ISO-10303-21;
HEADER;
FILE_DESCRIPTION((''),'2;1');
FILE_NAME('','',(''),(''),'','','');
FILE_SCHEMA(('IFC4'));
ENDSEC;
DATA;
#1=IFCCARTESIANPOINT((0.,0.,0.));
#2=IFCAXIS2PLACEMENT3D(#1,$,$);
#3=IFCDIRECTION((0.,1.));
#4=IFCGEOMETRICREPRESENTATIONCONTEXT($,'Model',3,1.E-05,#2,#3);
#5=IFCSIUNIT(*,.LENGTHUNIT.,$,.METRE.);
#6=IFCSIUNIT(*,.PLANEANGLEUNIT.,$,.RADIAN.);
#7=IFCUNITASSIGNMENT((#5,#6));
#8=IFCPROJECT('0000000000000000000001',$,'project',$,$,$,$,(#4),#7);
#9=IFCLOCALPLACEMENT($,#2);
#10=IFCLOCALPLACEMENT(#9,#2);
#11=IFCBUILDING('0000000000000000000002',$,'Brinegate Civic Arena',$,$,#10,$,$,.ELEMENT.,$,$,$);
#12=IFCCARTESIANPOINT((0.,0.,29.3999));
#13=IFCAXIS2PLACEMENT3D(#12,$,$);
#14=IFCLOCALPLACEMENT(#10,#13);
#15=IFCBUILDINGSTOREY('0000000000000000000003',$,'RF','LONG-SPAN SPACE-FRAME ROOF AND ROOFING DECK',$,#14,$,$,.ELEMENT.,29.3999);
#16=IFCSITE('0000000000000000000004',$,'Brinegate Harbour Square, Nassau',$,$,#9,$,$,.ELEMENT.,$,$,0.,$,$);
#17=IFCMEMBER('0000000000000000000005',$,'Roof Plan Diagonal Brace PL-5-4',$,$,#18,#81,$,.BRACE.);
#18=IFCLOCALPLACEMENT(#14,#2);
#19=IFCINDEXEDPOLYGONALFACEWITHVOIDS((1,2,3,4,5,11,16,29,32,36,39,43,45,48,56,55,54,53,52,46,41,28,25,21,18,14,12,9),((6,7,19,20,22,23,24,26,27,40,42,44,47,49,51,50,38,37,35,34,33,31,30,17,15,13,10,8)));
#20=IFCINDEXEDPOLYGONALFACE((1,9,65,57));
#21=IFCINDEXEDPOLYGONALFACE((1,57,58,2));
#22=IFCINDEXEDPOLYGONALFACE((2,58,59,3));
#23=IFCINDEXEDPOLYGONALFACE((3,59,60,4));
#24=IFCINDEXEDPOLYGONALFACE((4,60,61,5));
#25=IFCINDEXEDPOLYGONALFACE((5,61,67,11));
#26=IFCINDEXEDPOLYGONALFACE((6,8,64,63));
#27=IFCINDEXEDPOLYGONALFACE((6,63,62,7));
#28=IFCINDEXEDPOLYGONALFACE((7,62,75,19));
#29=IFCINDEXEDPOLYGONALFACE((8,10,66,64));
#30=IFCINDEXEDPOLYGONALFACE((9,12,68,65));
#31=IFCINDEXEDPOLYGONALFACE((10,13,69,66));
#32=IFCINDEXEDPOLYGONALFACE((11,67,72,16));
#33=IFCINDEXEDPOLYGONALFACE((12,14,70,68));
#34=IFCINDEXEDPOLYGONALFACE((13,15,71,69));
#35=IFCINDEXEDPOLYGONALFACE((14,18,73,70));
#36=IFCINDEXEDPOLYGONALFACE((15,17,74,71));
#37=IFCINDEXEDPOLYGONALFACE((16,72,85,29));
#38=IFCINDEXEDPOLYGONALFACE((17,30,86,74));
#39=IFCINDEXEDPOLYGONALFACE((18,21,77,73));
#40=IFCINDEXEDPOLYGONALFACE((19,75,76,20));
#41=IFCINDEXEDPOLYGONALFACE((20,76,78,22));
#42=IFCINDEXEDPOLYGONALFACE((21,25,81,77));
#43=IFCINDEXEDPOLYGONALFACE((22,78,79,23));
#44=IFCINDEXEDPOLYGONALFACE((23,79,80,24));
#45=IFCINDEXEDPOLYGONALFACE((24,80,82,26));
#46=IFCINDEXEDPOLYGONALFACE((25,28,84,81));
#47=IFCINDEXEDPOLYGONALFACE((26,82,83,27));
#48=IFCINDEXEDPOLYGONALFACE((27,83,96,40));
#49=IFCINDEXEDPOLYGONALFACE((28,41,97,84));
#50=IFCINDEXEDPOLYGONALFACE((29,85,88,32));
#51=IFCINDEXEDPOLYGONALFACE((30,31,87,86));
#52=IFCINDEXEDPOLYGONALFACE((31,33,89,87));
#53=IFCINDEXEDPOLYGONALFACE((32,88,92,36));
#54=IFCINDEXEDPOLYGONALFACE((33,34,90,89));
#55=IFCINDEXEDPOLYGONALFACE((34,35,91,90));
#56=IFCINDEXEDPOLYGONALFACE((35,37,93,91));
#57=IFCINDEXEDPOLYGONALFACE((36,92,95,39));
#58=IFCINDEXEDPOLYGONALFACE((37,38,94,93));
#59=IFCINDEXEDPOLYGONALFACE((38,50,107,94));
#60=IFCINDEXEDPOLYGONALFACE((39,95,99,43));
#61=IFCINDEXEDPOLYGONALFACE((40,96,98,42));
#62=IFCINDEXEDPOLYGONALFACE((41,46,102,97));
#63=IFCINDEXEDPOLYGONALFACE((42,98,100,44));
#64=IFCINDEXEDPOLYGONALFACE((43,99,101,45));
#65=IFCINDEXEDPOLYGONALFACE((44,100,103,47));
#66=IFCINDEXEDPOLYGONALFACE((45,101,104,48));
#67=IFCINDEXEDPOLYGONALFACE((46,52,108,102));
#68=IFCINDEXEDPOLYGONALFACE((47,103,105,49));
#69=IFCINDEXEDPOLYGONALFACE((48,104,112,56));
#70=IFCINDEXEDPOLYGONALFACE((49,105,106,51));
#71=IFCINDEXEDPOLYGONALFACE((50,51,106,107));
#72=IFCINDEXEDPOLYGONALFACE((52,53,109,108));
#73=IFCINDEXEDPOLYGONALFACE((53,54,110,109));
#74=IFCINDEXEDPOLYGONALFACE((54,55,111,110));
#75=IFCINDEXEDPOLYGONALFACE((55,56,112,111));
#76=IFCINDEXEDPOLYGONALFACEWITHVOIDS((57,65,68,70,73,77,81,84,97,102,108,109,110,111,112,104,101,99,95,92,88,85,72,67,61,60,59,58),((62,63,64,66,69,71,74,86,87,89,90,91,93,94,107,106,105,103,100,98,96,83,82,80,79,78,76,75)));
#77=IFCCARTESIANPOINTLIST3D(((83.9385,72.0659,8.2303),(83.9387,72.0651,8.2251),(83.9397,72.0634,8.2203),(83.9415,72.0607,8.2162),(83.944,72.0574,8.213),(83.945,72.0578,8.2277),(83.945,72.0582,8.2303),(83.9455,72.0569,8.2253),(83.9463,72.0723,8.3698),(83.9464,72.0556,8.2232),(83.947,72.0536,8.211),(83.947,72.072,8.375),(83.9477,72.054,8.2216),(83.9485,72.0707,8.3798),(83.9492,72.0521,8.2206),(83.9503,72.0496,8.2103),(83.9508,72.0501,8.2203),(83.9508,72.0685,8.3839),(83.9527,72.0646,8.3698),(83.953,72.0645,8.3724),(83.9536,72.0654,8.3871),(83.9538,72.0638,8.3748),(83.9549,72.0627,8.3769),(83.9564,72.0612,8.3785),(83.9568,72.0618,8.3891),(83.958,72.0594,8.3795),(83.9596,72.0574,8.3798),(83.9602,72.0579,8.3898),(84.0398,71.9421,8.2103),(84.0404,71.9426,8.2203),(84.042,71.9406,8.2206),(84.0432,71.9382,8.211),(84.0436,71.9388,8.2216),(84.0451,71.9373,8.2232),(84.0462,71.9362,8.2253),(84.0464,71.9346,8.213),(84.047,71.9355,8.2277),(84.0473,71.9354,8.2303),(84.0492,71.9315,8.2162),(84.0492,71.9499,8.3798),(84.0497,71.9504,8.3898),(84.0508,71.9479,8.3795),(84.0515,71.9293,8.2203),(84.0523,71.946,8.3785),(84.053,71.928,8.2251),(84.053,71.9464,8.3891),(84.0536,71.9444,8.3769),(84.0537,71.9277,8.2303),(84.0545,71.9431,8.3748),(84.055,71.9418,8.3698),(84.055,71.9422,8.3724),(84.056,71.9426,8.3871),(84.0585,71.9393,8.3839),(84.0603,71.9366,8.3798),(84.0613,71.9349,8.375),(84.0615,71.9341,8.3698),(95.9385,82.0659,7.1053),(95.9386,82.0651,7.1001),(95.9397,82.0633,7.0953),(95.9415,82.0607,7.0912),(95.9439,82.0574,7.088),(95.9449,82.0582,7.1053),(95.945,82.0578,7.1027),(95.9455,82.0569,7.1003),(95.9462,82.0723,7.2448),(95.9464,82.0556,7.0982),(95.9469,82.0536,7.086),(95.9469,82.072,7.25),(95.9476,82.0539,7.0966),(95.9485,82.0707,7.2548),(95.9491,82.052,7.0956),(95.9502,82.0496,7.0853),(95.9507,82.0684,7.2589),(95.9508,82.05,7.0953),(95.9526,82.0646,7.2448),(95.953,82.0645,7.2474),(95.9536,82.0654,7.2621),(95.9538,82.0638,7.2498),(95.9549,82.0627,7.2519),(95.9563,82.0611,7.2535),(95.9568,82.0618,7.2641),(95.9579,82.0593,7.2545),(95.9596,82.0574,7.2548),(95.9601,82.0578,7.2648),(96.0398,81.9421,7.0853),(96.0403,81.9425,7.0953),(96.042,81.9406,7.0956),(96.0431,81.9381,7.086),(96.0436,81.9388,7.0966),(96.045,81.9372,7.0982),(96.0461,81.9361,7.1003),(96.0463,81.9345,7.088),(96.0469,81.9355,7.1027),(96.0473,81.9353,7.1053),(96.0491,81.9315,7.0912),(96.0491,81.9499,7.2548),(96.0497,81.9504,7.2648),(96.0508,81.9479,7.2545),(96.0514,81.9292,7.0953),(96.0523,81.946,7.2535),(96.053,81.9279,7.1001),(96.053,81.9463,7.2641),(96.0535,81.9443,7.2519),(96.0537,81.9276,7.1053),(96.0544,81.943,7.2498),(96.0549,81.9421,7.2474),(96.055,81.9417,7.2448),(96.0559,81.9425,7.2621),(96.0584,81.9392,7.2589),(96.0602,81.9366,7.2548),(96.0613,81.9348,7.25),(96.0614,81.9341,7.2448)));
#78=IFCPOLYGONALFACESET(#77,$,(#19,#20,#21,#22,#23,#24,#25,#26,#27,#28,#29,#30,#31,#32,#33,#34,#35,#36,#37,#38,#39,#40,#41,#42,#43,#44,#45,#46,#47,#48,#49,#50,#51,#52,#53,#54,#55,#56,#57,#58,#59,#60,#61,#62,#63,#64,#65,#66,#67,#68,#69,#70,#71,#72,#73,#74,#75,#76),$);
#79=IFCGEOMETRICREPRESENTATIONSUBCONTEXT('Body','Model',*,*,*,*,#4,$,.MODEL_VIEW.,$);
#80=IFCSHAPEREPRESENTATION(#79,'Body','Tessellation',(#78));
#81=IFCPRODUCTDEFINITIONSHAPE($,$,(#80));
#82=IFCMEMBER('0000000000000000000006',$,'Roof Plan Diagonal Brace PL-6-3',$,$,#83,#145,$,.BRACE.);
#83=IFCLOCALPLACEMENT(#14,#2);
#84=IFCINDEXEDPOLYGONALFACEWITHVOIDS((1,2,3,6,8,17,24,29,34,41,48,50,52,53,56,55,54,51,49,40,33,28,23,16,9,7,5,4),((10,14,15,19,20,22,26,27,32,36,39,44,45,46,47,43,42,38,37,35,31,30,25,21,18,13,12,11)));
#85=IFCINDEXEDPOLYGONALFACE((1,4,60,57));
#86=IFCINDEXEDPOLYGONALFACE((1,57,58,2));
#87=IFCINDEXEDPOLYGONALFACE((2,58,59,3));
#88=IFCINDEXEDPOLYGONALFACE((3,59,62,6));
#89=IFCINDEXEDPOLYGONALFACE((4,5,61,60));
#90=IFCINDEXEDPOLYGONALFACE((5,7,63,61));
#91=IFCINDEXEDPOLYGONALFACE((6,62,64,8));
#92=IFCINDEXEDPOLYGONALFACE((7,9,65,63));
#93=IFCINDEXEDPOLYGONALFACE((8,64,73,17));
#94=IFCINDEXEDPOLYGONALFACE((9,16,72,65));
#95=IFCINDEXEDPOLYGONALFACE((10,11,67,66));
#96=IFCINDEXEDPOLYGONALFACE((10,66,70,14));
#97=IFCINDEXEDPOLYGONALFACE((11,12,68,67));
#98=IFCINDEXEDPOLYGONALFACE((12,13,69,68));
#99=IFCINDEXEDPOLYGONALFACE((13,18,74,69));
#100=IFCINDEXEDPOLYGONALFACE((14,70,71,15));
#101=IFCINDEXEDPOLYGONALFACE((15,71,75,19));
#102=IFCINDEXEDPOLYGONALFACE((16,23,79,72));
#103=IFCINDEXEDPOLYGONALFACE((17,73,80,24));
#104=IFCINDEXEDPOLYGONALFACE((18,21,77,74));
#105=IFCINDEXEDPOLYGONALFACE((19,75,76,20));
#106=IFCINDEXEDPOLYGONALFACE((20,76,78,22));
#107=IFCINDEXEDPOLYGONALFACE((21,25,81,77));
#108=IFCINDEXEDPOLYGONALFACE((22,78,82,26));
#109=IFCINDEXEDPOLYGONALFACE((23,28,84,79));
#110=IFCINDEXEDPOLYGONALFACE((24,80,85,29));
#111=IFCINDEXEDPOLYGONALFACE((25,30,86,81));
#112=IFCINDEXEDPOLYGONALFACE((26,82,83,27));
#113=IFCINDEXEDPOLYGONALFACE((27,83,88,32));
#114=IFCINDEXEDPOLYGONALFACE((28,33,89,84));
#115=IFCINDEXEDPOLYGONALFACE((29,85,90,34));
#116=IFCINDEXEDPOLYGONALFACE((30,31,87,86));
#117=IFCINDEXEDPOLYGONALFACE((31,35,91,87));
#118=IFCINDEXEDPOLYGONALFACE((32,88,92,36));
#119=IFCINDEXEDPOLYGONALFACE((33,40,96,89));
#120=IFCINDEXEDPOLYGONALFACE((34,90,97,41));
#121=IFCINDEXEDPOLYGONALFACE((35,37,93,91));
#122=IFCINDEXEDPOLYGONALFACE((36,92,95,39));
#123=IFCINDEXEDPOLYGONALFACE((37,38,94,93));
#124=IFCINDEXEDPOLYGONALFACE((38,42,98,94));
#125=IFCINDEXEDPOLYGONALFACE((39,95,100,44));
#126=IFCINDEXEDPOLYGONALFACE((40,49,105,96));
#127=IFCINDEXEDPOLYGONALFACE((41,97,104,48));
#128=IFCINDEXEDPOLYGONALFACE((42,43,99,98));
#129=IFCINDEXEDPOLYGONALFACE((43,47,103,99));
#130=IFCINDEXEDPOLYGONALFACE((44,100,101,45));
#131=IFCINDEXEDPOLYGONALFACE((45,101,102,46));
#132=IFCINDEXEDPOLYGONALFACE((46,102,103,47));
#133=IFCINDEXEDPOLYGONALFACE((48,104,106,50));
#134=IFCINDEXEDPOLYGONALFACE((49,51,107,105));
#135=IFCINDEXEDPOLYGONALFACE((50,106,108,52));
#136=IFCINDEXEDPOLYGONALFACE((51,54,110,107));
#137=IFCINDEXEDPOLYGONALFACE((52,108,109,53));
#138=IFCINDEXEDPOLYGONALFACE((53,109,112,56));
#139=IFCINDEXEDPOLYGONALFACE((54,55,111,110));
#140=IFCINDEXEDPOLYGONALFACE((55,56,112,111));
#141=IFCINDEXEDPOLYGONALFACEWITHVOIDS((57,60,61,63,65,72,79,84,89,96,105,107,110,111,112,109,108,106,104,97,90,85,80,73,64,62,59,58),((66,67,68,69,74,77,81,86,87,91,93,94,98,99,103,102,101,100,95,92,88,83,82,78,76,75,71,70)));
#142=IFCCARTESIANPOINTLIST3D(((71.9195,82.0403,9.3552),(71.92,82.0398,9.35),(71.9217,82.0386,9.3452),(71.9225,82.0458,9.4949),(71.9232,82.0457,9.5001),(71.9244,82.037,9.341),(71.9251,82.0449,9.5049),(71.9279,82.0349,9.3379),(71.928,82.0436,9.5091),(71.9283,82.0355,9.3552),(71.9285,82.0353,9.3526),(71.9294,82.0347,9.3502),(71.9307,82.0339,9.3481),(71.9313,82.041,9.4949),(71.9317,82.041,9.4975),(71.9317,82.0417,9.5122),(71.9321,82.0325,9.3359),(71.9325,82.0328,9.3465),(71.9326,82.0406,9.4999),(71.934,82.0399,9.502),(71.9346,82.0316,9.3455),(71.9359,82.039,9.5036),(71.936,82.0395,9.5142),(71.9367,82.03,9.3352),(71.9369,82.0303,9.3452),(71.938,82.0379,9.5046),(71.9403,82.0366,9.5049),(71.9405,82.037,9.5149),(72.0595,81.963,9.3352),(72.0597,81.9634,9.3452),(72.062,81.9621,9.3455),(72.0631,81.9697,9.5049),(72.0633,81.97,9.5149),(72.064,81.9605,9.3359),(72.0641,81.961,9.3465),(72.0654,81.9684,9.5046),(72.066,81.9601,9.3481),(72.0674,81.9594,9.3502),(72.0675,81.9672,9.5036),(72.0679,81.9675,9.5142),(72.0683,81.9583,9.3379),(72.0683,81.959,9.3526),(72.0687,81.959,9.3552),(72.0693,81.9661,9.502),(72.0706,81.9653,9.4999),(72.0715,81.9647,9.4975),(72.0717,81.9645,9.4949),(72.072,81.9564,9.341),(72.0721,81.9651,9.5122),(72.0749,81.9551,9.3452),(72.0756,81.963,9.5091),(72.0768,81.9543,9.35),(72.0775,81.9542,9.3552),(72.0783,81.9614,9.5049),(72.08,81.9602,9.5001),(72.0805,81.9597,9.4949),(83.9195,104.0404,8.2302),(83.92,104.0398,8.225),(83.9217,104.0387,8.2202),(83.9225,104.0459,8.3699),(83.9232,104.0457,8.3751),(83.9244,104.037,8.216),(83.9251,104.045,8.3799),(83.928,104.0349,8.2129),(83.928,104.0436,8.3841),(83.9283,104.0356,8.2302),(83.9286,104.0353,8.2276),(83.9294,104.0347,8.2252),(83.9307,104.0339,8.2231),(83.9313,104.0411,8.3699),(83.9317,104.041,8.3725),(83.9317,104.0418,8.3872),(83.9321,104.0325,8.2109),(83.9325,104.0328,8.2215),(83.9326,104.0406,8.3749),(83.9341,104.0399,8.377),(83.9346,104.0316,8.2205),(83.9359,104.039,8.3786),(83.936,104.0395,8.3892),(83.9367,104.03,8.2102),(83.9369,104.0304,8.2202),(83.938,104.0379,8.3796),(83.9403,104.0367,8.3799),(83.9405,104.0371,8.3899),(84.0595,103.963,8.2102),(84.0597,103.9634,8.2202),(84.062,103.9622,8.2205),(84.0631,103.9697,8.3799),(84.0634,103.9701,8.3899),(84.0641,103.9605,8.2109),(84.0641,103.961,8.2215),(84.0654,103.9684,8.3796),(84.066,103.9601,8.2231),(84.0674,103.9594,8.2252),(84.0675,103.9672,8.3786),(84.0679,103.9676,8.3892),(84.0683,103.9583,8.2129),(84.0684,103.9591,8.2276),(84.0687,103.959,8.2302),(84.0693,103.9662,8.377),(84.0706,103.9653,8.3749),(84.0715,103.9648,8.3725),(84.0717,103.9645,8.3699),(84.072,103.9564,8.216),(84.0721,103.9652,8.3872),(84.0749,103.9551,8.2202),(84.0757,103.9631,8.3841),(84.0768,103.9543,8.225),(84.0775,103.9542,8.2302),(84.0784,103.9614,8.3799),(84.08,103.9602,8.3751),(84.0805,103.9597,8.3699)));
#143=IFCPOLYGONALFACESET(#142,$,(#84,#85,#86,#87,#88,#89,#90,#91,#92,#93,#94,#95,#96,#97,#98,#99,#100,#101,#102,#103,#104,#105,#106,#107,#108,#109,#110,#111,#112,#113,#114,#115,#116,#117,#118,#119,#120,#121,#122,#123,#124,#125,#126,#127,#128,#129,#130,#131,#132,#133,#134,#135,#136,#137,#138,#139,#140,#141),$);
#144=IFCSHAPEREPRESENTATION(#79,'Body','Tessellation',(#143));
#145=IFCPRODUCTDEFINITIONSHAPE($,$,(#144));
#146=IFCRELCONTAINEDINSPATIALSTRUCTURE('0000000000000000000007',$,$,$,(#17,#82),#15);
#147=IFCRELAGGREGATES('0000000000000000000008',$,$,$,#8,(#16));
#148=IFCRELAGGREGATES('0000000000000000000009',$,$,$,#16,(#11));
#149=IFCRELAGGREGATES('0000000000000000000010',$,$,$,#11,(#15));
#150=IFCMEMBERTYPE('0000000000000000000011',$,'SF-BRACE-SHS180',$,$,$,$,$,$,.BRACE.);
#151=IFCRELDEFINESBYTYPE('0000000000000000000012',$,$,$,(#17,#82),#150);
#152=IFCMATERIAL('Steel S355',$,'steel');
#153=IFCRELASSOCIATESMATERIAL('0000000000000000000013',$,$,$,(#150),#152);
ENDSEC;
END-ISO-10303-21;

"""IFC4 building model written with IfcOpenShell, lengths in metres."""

from ifc_helpers import new_model, si_unit, direction, frame, origin, origin_2d, place, context, subcontext, project, spatial, hollow_rectangle, extrude, material, material_profile, profile_set, type_object, element, save


model = new_model("IFC4")

# Units and contexts
model_context = context("Model", 3, precision=1e-05, world=origin(), true_north=direction((0.0, 1.0)))
body_context = subcontext(model_context, "Body", "Model", "MODEL_VIEW")
ifc_project = project(units=[si_unit("LENGTHUNIT", "METRE"), si_unit("PLANEANGLEUNIT", "RADIAN")], contexts=[model_context])

# Site, building, storey
site_placement = place(None, origin())
site = spatial("IfcSite", under=ifc_project, at=site_placement, Name="Brinegate Harbour Square, Nassau", CompositionType="ELEMENT", RefElevation=0.0)
building_placement = place(site_placement, origin())
building = spatial("IfcBuilding", under=site, at=building_placement, Name="Brinegate Civic Arena", CompositionType="ELEMENT")
storey_placement = place(building_placement, frame((0.0, 0.0, 29.3999)))
storey = spatial("IfcBuildingStorey", under=building, at=storey_placement, Name="RF", Description="LONG-SPAN SPACE-FRAME ROOF AND ROOFING DECK", CompositionType="ELEMENT", Elevation=29.3999)

# Members
ifc_material = material(Name="Steel S355", Category="steel")
ifc_material_profile_1 = material_profile(ifc_material, hollow_rectangle(XDim=0.1799, YDim=0.1799, WallThickness=0.01, InnerFilletRadius=0.01, OuterFilletRadius=0.02, at=origin_2d()), Name="SHS180X10")
ifc_profile_set_1 = profile_set([ifc_material_profile_1], Name="Steel S355")
member_type_1 = type_object("IfcMemberType", Name="SF-BRACE-SHS180", PredefinedType="BRACE", material=ifc_profile_set_1)
member_1_placement = place(storey_placement, frame((84.0, 72.0, 8.3), z_axis=(0.766237, 0.638531, -0.071835), x_axis=(-0.640184, 0.768221, 0.0)))
element("IfcMember", 1, at=member_1_placement, inside=storey, type_object=member_type_1, Name="Roof Plan Diagonal Brace PL-5-4", PredefinedType="BRACE", context=body_context, shape_type="SweptSolid", body=[
    extrude(hollow_rectangle(XDim=0.1799, YDim=0.1799, WallThickness=0.01, InnerFilletRadius=0.01, OuterFilletRadius=0.02, at=origin_2d()), origin(), (0.0, 0.0, 1.0), 15.6609),
])
member_2_placement = place(storey_placement, frame((72.0, 82.0, 9.425), z_axis=(0.47837, 0.877012, -0.044847), x_axis=(-0.877896, 0.478852, 0.0)))
element("IfcMember", 2, at=member_2_placement, inside=storey, type_object=member_type_1, Name="Roof Plan Diagonal Brace PL-6-3", PredefinedType="BRACE", context=body_context, shape_type="SweptSolid", body=[
    extrude(hollow_rectangle(XDim=0.1799, YDim=0.1799, WallThickness=0.01, InnerFilletRadius=0.01, OuterFilletRadius=0.02, at=origin_2d()), origin(), (0.0, 0.0, 1.0), 25.0852),
])

save(model, "model.ifc")
